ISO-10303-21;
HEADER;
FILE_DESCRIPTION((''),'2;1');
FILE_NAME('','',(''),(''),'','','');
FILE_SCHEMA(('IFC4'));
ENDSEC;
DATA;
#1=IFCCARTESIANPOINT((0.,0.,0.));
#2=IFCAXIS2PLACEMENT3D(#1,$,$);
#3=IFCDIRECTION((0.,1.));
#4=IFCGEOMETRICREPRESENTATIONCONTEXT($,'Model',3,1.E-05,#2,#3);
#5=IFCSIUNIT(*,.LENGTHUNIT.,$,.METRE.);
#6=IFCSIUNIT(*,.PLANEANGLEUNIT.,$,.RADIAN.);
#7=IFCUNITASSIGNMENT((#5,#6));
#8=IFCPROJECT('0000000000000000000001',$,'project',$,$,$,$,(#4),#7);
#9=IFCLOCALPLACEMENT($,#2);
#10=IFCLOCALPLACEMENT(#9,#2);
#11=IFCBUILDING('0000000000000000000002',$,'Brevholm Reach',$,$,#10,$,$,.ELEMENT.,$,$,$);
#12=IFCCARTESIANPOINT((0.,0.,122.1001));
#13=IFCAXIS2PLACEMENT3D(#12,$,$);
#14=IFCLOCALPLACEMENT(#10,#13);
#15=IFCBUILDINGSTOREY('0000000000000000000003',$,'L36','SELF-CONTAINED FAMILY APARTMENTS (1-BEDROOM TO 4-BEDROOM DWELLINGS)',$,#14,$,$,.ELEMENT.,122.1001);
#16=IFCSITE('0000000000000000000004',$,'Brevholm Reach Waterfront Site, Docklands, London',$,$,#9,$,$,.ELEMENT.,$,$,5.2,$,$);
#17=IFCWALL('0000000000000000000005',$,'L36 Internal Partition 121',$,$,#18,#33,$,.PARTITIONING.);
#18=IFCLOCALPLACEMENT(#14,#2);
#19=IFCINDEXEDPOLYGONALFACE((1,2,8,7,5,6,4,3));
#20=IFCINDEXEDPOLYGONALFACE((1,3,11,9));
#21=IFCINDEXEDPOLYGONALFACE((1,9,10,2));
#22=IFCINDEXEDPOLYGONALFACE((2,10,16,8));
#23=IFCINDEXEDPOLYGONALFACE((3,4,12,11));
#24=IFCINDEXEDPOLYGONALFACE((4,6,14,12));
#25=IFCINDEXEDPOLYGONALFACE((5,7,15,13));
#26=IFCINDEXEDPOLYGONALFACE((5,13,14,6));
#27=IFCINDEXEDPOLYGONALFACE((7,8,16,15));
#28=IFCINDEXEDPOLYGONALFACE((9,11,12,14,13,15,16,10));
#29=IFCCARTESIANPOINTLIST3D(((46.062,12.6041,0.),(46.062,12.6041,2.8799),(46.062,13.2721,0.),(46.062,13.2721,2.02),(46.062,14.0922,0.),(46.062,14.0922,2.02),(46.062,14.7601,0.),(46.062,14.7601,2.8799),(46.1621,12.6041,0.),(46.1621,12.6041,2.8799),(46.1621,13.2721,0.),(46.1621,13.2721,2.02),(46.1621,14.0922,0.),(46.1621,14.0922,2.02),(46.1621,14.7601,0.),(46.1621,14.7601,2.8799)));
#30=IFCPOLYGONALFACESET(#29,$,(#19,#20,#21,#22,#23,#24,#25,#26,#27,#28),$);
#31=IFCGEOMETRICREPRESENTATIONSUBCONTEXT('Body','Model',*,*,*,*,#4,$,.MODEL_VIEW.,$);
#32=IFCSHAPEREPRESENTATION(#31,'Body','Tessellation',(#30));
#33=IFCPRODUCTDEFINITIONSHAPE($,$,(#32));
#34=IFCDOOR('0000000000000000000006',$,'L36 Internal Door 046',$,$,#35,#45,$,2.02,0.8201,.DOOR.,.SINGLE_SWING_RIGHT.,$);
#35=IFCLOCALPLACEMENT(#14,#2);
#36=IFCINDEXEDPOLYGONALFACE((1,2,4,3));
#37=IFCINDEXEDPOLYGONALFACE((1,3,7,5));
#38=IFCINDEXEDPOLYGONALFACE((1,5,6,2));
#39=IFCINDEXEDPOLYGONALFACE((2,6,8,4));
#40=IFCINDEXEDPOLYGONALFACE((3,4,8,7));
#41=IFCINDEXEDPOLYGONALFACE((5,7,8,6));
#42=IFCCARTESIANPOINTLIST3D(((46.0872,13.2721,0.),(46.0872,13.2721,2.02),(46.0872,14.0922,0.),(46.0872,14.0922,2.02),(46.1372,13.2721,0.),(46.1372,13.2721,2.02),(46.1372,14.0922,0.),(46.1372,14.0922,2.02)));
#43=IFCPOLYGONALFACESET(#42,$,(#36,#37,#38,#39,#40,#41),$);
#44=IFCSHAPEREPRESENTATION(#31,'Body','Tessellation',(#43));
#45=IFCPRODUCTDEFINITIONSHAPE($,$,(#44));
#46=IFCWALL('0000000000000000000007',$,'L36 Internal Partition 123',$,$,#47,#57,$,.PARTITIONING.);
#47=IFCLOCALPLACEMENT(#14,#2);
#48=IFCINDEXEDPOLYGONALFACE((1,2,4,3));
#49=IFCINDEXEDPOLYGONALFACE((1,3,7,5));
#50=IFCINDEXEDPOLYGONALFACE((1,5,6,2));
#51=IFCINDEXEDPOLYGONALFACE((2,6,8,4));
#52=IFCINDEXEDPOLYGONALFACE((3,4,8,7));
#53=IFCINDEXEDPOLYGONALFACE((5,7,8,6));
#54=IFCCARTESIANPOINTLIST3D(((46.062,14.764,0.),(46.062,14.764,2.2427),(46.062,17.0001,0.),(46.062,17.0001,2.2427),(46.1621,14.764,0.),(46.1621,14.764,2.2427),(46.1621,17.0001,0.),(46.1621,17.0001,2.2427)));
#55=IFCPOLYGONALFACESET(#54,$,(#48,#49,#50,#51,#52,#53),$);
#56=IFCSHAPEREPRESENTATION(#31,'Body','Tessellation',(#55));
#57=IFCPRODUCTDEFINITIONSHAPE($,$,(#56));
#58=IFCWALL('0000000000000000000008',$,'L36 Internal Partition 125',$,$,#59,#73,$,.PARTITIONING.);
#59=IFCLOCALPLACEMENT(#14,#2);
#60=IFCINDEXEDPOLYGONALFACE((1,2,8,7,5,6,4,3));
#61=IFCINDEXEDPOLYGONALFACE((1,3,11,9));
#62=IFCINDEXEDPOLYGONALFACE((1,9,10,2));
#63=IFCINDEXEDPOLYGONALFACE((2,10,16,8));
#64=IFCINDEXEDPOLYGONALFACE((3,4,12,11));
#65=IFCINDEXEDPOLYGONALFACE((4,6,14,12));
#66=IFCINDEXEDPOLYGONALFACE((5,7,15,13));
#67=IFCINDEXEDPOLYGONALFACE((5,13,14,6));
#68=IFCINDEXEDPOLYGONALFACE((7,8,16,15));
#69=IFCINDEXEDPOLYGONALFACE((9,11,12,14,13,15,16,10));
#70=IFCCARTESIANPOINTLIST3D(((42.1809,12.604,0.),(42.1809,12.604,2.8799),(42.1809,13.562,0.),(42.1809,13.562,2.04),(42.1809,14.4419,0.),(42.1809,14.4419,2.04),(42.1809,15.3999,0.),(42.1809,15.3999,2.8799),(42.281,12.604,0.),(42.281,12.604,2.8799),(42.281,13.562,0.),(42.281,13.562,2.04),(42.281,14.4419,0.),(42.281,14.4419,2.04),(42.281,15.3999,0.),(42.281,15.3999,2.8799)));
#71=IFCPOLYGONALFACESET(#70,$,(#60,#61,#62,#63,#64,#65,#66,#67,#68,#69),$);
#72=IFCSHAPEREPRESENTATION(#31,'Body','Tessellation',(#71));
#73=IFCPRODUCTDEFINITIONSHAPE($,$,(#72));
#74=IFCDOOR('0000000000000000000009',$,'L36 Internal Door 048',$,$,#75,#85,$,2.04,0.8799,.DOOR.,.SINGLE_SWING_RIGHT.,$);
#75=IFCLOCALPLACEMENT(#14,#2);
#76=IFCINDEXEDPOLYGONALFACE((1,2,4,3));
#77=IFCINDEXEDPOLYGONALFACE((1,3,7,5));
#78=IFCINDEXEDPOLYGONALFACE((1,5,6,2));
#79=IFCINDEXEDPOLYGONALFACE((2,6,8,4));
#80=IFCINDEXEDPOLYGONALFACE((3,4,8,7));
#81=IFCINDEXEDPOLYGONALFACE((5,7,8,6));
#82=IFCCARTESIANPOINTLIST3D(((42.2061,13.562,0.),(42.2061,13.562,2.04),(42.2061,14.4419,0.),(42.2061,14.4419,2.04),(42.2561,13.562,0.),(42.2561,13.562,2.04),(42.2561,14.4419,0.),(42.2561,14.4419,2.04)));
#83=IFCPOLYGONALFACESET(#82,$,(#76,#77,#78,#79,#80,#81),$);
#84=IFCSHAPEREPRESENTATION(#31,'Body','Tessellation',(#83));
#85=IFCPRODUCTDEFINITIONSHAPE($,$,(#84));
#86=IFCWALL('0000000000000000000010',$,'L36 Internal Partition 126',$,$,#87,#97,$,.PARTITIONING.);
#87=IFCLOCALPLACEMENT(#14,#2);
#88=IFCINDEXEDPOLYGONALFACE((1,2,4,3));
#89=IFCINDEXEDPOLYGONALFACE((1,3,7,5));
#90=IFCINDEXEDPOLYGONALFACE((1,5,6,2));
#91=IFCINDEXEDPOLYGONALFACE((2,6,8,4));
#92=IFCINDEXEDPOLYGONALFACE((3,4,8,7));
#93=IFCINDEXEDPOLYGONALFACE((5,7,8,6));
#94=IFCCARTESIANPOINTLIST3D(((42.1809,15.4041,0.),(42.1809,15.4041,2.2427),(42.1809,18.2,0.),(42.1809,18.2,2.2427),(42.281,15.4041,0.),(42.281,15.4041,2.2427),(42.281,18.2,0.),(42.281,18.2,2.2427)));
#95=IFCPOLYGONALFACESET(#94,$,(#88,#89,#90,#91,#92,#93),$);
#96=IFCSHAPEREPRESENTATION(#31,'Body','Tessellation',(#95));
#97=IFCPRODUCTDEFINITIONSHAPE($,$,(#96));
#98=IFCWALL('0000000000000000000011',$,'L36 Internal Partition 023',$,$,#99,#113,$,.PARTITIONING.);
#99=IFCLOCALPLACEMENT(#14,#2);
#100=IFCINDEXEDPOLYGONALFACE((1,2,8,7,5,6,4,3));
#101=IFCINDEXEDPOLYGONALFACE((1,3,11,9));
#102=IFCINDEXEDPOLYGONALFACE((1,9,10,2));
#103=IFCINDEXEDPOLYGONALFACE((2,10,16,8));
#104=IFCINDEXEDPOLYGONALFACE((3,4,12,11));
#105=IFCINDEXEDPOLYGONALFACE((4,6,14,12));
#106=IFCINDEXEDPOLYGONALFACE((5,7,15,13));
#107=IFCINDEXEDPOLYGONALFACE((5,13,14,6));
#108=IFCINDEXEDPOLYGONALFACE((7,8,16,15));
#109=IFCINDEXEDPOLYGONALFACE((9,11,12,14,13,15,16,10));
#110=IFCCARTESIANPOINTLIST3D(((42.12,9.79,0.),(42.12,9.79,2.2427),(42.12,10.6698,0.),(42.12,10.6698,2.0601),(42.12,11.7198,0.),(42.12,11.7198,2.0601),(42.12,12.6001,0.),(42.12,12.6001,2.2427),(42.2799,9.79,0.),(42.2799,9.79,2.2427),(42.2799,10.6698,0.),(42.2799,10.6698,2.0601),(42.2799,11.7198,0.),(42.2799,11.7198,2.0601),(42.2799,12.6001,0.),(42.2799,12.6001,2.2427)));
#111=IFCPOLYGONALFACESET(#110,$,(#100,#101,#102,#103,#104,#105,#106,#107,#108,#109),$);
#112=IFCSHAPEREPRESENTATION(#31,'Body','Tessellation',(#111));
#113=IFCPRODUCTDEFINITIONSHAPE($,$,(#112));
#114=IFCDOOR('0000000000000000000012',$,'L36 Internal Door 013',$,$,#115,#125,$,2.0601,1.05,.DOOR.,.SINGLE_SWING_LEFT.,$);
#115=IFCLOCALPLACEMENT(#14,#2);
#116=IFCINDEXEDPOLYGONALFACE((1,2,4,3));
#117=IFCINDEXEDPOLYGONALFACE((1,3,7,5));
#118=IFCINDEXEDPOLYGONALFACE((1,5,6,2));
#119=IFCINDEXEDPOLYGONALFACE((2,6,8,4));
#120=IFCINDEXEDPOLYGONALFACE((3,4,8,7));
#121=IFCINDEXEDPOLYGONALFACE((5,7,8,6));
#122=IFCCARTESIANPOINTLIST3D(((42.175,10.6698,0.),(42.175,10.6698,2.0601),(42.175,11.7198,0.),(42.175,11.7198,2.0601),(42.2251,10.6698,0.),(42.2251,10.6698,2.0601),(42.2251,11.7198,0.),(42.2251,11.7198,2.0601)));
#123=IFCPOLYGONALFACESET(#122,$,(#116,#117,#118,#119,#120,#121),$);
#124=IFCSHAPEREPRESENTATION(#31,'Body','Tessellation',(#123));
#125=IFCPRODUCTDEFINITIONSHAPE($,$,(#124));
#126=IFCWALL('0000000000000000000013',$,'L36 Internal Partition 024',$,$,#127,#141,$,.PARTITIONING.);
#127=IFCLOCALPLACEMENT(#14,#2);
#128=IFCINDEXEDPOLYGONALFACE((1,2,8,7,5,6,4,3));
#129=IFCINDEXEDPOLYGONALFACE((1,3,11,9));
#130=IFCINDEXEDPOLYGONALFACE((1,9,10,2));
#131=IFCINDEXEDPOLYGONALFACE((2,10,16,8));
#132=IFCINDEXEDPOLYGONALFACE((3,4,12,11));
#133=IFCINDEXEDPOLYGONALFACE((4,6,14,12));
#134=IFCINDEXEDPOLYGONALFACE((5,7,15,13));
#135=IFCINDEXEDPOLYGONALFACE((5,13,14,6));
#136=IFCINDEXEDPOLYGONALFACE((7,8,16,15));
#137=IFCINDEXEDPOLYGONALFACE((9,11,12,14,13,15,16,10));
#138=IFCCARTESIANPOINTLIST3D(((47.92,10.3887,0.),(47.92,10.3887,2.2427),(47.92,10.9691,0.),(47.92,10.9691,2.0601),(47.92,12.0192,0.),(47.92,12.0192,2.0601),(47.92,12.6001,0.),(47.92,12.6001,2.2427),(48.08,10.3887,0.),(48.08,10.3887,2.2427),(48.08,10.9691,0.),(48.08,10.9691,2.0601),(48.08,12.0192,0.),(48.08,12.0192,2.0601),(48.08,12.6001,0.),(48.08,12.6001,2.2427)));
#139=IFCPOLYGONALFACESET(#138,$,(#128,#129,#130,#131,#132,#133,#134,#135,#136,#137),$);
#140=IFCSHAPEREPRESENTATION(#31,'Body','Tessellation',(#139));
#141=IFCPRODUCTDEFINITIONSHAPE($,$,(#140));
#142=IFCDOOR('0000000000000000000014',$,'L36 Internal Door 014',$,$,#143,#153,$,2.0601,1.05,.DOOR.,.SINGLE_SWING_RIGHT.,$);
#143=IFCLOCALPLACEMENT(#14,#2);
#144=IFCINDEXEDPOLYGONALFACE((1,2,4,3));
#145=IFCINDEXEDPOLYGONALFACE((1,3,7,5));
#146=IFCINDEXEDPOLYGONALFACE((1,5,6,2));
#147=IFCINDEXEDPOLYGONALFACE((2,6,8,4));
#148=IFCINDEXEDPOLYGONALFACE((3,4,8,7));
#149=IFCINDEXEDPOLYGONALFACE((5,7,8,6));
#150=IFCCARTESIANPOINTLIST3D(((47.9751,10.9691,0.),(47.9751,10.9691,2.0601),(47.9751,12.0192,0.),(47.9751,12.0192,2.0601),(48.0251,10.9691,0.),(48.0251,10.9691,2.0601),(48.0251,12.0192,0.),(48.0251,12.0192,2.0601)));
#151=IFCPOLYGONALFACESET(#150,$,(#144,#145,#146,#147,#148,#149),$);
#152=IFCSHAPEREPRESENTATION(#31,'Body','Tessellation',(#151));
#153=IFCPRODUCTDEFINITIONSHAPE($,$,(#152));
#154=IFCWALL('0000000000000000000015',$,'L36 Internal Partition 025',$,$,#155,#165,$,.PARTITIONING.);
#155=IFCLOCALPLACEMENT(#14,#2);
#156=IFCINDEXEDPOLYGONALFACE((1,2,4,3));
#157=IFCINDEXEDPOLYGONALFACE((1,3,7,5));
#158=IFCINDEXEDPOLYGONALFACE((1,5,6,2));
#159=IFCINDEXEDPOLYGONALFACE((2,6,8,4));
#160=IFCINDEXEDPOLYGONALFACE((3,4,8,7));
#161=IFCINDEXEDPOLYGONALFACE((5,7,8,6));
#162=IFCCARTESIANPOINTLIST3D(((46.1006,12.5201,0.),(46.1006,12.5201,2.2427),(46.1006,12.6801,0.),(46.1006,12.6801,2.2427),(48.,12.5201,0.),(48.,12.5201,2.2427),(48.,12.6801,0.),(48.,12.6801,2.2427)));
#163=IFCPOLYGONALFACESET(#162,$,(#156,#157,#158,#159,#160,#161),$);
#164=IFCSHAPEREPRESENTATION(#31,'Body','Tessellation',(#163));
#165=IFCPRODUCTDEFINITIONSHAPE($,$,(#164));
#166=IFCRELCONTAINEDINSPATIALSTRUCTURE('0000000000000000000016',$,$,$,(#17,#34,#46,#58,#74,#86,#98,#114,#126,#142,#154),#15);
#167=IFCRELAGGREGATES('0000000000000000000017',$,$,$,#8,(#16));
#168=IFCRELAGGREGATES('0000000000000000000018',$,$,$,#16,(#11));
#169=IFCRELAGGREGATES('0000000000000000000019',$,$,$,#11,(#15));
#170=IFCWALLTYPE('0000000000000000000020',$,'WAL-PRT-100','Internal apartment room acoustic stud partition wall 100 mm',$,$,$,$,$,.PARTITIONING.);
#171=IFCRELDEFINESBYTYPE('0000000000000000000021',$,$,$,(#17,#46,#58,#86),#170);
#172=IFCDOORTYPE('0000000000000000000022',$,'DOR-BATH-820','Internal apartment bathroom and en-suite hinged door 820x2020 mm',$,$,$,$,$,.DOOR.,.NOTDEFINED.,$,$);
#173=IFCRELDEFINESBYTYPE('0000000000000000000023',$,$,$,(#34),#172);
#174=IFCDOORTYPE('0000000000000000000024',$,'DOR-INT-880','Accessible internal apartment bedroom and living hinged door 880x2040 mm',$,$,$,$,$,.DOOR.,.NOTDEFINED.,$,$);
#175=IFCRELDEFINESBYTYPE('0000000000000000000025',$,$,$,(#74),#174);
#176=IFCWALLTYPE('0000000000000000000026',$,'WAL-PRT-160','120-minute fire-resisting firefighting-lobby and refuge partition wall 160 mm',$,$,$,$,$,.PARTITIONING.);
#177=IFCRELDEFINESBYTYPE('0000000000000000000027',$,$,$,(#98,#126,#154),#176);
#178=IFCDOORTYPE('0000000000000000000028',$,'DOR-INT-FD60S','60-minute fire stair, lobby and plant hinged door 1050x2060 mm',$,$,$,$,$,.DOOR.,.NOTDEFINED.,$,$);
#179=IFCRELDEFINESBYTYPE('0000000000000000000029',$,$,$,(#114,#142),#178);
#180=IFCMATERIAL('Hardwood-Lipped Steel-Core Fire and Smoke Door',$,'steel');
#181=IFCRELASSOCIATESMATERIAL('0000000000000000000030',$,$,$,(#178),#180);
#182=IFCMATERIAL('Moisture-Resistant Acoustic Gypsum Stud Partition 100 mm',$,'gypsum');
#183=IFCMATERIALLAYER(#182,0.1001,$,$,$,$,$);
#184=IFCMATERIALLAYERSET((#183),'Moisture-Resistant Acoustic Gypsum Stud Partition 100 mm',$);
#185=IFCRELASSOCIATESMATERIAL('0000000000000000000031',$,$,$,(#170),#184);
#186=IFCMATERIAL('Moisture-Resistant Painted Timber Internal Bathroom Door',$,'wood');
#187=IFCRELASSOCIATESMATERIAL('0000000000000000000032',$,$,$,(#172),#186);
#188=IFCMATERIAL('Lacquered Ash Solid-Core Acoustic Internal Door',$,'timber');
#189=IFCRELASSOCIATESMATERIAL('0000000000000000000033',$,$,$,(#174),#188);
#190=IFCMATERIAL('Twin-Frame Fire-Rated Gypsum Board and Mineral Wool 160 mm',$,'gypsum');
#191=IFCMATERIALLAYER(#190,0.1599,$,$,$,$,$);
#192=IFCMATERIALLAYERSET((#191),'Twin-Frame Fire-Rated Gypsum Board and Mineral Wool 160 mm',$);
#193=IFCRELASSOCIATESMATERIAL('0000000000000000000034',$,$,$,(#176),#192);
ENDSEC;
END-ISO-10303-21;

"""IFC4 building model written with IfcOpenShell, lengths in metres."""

from ifc_helpers import new_model, si_unit, direction, frame, frame_2d, origin, place, context, subcontext, project, spatial, rectangle, extrude, material, layer, layer_set, type_object, element, fill, save


model = new_model("IFC4")

# Units and contexts
model_context = context("Model", 3, precision=1e-05, world=origin(), true_north=direction((0.0, 1.0)))
body_context = subcontext(model_context, "Body", "Model", "MODEL_VIEW")
ifc_project = project(units=[si_unit("LENGTHUNIT", "METRE"), si_unit("PLANEANGLEUNIT", "RADIAN")], contexts=[model_context])

# Site, building, storey
site_placement = place(None, origin())
site = spatial("IfcSite", under=ifc_project, at=site_placement, Name="Brevholm Reach Waterfront Site, Docklands, London", CompositionType="ELEMENT", RefElevation=5.2)
building_placement = place(site_placement, origin())
building = spatial("IfcBuilding", under=site, at=building_placement, Name="Brevholm Reach", CompositionType="ELEMENT")
storey_placement = place(building_placement, frame((0.0, 0.0, 122.1001)))
storey = spatial("IfcBuildingStorey", under=building, at=storey_placement, Name="L36", Description="SELF-CONTAINED FAMILY APARTMENTS (1-BEDROOM TO 4-BEDROOM DWELLINGS)", CompositionType="ELEMENT", Elevation=122.1001)

# Shared definitions
ifc_material_1 = material(Name="Hardwood-Lipped Steel-Core Fire and Smoke Door", Category="steel")
door_type_1 = type_object("IfcDoorType", Name="DOR-INT-FD60S", Description="60-minute fire stair, lobby and plant hinged door 1050x2060 mm", OperationType="NOTDEFINED", PredefinedType="DOOR", material=ifc_material_1)

# Shared definitions
ifc_material_2 = material(Name="Moisture-Resistant Acoustic Gypsum Stud Partition 100 mm", Category="gypsum")
ifc_layer_1 = layer(ifc_material_2, 0.1001)
ifc_layer_set_1 = layer_set([ifc_layer_1], Name="Moisture-Resistant Acoustic Gypsum Stud Partition 100 mm")
wall_type_1 = type_object("IfcWallType", Name="WAL-PRT-100", Description="Internal apartment room acoustic stud partition wall 100 mm", PredefinedType="PARTITIONING", material=ifc_layer_set_1)

# Wall, opening, door
wall_1_placement = place(storey_placement, frame((46.1121, 12.604, 0.0), z_axis=(0.0, 0.0, 1.0), x_axis=(0.0, 1.0, 0.0)))
wall_1 = element("IfcWall", 1, at=wall_1_placement, inside=storey, type_object=wall_type_1, Name="L36 Internal Partition 121", PredefinedType="PARTITIONING", context=body_context, shape_type="SweptSolid", body=[
    extrude(rectangle(XDim=2.156, YDim=0.1001, at=frame_2d((1.0781, 0.0))), origin(), (0.0, 0.0, 1.0), 2.8799),
])
opening_1_placement = place(wall_1_placement, frame((0.668, 0.0, 0.0)))
opening_1 = element("IfcOpeningElement", 2, at=opening_1_placement, cuts=wall_1, PredefinedType="OPENING", context=body_context, shape_type="SweptSolid", body=[
    extrude(rectangle(XDim=0.8201, YDim=2.02, at=frame_2d((0.4102, 1.01))), frame((0.0, 0.0601, 0.0), z_axis=(0.0, -1.0, 0.0), x_axis=(1.0, 0.0, 0.0)), (0.0, 0.0, 1.0), 0.1201),
])
ifc_material_3 = material(Name="Moisture-Resistant Painted Timber Internal Bathroom Door", Category="wood")
door_type_2 = type_object("IfcDoorType", Name="DOR-BATH-820", Description="Internal apartment bathroom and en-suite hinged door 820x2020 mm", OperationType="NOTDEFINED", PredefinedType="DOOR", material=ifc_material_3)
door_1_placement = place(opening_1_placement, origin())
door_1 = element("IfcDoor", 3, at=door_1_placement, inside=storey, type_object=door_type_2, Name="L36 Internal Door 046", OperationType="SINGLE_SWING_RIGHT", OverallHeight=2.02, OverallWidth=0.8201, PredefinedType="DOOR", context=body_context, shape_type="SweptSolid", body=[
    extrude(rectangle(XDim=0.8201, YDim=2.02, at=frame_2d((0.4102, 1.01))), frame((0.0, 0.0249, 0.0), z_axis=(0.0, -1.0, 0.0), x_axis=(1.0, 0.0, 0.0)), (0.0, 0.0, 1.0), 0.05),
])
fill(opening_1, door_1)

# Wall
wall_2_placement = place(storey_placement, frame((46.1121, 14.7639, 0.0), z_axis=(0.0, 0.0, 1.0), x_axis=(0.0, 1.0, 0.0)))
element("IfcWall", 4, at=wall_2_placement, inside=storey, type_object=wall_type_1, Name="L36 Internal Partition 123", PredefinedType="PARTITIONING", context=body_context, shape_type="SweptSolid", body=[
    extrude(rectangle(XDim=2.2361, YDim=0.1001, at=frame_2d((1.1182, 0.0))), origin(), (0.0, 0.0, 1.0), 2.2427),
])

# Wall, opening, door
wall_3_placement = place(storey_placement, frame((42.231, 12.604, 0.0), z_axis=(0.0, 0.0, 1.0), x_axis=(0.0, 1.0, 0.0)))
wall_3 = element("IfcWall", 5, at=wall_3_placement, inside=storey, type_object=wall_type_1, Name="L36 Internal Partition 125", PredefinedType="PARTITIONING", context=body_context, shape_type="SweptSolid", body=[
    extrude(rectangle(XDim=2.7959, YDim=0.1001, at=frame_2d((1.3979, 0.0))), origin(), (0.0, 0.0, 1.0), 2.8799),
])
opening_2_placement = place(wall_3_placement, frame((0.958, 0.0, 0.0)))
opening_2 = element("IfcOpeningElement", 6, at=opening_2_placement, cuts=wall_3, PredefinedType="OPENING", context=body_context, shape_type="SweptSolid", body=[
    extrude(rectangle(XDim=0.8799, YDim=2.04, at=frame_2d((0.4399, 1.02))), frame((0.0, 0.0601, 0.0), z_axis=(0.0, -1.0, 0.0), x_axis=(1.0, 0.0, 0.0)), (0.0, 0.0, 1.0), 0.1201),
])
ifc_material_4 = material(Name="Lacquered Ash Solid-Core Acoustic Internal Door", Category="timber")
door_type_3 = type_object("IfcDoorType", Name="DOR-INT-880", Description="Accessible internal apartment bedroom and living hinged door 880x2040 mm", OperationType="NOTDEFINED", PredefinedType="DOOR", material=ifc_material_4)
door_2_placement = place(opening_2_placement, origin())
door_2 = element("IfcDoor", 7, at=door_2_placement, inside=storey, type_object=door_type_3, Name="L36 Internal Door 048", OperationType="SINGLE_SWING_RIGHT", OverallHeight=2.04, OverallWidth=0.8799, PredefinedType="DOOR", context=body_context, shape_type="SweptSolid", body=[
    extrude(rectangle(XDim=0.8799, YDim=2.04, at=frame_2d((0.4399, 1.02))), frame((0.0, 0.0249, 0.0), z_axis=(0.0, -1.0, 0.0), x_axis=(1.0, 0.0, 0.0)), (0.0, 0.0, 1.0), 0.05),
])
fill(opening_2, door_2)

# Wall
wall_4_placement = place(storey_placement, frame((42.231, 15.4041, 0.0), z_axis=(0.0, 0.0, 1.0), x_axis=(0.0, 1.0, 0.0)))
element("IfcWall", 8, at=wall_4_placement, inside=storey, type_object=wall_type_1, Name="L36 Internal Partition 126", PredefinedType="PARTITIONING", context=body_context, shape_type="SweptSolid", body=[
    extrude(rectangle(XDim=2.7959, YDim=0.1001, at=frame_2d((1.3979, 0.0))), origin(), (0.0, 0.0, 1.0), 2.2427),
])

# Walls, openings, doors
ifc_material_5 = material(Name="Twin-Frame Fire-Rated Gypsum Board and Mineral Wool 160 mm", Category="gypsum")
ifc_layer_2 = layer(ifc_material_5, 0.1599)
ifc_layer_set_2 = layer_set([ifc_layer_2], Name="Twin-Frame Fire-Rated Gypsum Board and Mineral Wool 160 mm")
wall_type_2 = type_object("IfcWallType", Name="WAL-PRT-160", Description="120-minute fire-resisting firefighting-lobby and refuge partition wall 160 mm", PredefinedType="PARTITIONING", material=ifc_layer_set_2)
wall_5_placement = place(storey_placement, frame((42.2, 9.79, 0.0), z_axis=(0.0, 0.0, 1.0), x_axis=(0.0, 1.0, 0.0)))
wall_5 = element("IfcWall", 9, at=wall_5_placement, inside=storey, type_object=wall_type_2, Name="L36 Internal Partition 023", PredefinedType="PARTITIONING", context=body_context, shape_type="SweptSolid", body=[
    extrude(rectangle(XDim=2.8101, YDim=0.1599, at=frame_2d((1.405, 0.0))), origin(), (0.0, 0.0, 1.0), 2.2427),
])
opening_3_placement = place(wall_5_placement, frame((0.8799, 0.0, 0.0)))
opening_3 = element("IfcOpeningElement", 10, at=opening_3_placement, cuts=wall_5, PredefinedType="OPENING", context=body_context, shape_type="SweptSolid", body=[
    extrude(rectangle(XDim=1.05, YDim=2.0601, at=frame_2d((0.5249, 1.03))), frame((0.0, 0.0898, 0.0), z_axis=(0.0, -1.0, 0.0), x_axis=(1.0, 0.0, 0.0)), (0.0, 0.0, 1.0), 0.1799),
])
door_3_placement = place(opening_3_placement, origin())
door_3 = element("IfcDoor", 11, at=door_3_placement, inside=storey, type_object=door_type_1, Name="L36 Internal Door 013", OperationType="SINGLE_SWING_LEFT", OverallHeight=2.0601, OverallWidth=1.05, PredefinedType="DOOR", context=body_context, shape_type="SweptSolid", body=[
    extrude(rectangle(XDim=1.05, YDim=2.0601, at=frame_2d((0.5249, 1.03))), frame((0.0, 0.0249, 0.0), z_axis=(0.0, -1.0, 0.0), x_axis=(1.0, 0.0, 0.0)), (0.0, 0.0, 1.0), 0.05),
])
fill(opening_3, door_3)
wall_6_placement = place(storey_placement, frame((48.0, 10.3887, 0.0), z_axis=(0.0, 0.0, 1.0), x_axis=(0.0, 1.0, 0.0)))
wall_6 = element("IfcWall", 12, at=wall_6_placement, inside=storey, type_object=wall_type_2, Name="L36 Internal Partition 024", PredefinedType="PARTITIONING", context=body_context, shape_type="SweptSolid", body=[
    extrude(rectangle(XDim=2.2114, YDim=0.1599, at=frame_2d((1.1057, 0.0))), origin(), (0.0, 0.0, 1.0), 2.2427),
])
opening_4_placement = place(wall_6_placement, frame((0.5806, 0.0, 0.0)))
opening_4 = element("IfcOpeningElement", 13, at=opening_4_placement, cuts=wall_6, PredefinedType="OPENING", context=body_context, shape_type="SweptSolid", body=[
    extrude(rectangle(XDim=1.05, YDim=2.0601, at=frame_2d((0.5249, 1.03))), frame((0.0, 0.0898, 0.0), z_axis=(0.0, -1.0, 0.0), x_axis=(1.0, 0.0, 0.0)), (0.0, 0.0, 1.0), 0.1799),
])
door_4_placement = place(opening_4_placement, origin())
door_4 = element("IfcDoor", 14, at=door_4_placement, inside=storey, type_object=door_type_1, Name="L36 Internal Door 014", OperationType="SINGLE_SWING_RIGHT", OverallHeight=2.0601, OverallWidth=1.05, PredefinedType="DOOR", context=body_context, shape_type="SweptSolid", body=[
    extrude(rectangle(XDim=1.05, YDim=2.0601, at=frame_2d((0.5249, 1.03))), frame((0.0, 0.0249, 0.0), z_axis=(0.0, -1.0, 0.0), x_axis=(1.0, 0.0, 0.0)), (0.0, 0.0, 1.0), 0.05),
])
fill(opening_4, door_4)

# Wall
wall_7_placement = place(storey_placement, frame((46.1006, 12.6001, 0.0), z_axis=(0.0, 0.0, 1.0), x_axis=(1.0, 0.0, 0.0)))
element("IfcWall", 15, at=wall_7_placement, inside=storey, type_object=wall_type_2, Name="L36 Internal Partition 025", PredefinedType="PARTITIONING", context=body_context, shape_type="SweptSolid", body=[
    extrude(rectangle(XDim=1.8994, YDim=0.1599, at=frame_2d((0.9497, 0.0))), origin(), (0.0, 0.0, 1.0), 2.2427),
])

save(model, "model.ifc")
